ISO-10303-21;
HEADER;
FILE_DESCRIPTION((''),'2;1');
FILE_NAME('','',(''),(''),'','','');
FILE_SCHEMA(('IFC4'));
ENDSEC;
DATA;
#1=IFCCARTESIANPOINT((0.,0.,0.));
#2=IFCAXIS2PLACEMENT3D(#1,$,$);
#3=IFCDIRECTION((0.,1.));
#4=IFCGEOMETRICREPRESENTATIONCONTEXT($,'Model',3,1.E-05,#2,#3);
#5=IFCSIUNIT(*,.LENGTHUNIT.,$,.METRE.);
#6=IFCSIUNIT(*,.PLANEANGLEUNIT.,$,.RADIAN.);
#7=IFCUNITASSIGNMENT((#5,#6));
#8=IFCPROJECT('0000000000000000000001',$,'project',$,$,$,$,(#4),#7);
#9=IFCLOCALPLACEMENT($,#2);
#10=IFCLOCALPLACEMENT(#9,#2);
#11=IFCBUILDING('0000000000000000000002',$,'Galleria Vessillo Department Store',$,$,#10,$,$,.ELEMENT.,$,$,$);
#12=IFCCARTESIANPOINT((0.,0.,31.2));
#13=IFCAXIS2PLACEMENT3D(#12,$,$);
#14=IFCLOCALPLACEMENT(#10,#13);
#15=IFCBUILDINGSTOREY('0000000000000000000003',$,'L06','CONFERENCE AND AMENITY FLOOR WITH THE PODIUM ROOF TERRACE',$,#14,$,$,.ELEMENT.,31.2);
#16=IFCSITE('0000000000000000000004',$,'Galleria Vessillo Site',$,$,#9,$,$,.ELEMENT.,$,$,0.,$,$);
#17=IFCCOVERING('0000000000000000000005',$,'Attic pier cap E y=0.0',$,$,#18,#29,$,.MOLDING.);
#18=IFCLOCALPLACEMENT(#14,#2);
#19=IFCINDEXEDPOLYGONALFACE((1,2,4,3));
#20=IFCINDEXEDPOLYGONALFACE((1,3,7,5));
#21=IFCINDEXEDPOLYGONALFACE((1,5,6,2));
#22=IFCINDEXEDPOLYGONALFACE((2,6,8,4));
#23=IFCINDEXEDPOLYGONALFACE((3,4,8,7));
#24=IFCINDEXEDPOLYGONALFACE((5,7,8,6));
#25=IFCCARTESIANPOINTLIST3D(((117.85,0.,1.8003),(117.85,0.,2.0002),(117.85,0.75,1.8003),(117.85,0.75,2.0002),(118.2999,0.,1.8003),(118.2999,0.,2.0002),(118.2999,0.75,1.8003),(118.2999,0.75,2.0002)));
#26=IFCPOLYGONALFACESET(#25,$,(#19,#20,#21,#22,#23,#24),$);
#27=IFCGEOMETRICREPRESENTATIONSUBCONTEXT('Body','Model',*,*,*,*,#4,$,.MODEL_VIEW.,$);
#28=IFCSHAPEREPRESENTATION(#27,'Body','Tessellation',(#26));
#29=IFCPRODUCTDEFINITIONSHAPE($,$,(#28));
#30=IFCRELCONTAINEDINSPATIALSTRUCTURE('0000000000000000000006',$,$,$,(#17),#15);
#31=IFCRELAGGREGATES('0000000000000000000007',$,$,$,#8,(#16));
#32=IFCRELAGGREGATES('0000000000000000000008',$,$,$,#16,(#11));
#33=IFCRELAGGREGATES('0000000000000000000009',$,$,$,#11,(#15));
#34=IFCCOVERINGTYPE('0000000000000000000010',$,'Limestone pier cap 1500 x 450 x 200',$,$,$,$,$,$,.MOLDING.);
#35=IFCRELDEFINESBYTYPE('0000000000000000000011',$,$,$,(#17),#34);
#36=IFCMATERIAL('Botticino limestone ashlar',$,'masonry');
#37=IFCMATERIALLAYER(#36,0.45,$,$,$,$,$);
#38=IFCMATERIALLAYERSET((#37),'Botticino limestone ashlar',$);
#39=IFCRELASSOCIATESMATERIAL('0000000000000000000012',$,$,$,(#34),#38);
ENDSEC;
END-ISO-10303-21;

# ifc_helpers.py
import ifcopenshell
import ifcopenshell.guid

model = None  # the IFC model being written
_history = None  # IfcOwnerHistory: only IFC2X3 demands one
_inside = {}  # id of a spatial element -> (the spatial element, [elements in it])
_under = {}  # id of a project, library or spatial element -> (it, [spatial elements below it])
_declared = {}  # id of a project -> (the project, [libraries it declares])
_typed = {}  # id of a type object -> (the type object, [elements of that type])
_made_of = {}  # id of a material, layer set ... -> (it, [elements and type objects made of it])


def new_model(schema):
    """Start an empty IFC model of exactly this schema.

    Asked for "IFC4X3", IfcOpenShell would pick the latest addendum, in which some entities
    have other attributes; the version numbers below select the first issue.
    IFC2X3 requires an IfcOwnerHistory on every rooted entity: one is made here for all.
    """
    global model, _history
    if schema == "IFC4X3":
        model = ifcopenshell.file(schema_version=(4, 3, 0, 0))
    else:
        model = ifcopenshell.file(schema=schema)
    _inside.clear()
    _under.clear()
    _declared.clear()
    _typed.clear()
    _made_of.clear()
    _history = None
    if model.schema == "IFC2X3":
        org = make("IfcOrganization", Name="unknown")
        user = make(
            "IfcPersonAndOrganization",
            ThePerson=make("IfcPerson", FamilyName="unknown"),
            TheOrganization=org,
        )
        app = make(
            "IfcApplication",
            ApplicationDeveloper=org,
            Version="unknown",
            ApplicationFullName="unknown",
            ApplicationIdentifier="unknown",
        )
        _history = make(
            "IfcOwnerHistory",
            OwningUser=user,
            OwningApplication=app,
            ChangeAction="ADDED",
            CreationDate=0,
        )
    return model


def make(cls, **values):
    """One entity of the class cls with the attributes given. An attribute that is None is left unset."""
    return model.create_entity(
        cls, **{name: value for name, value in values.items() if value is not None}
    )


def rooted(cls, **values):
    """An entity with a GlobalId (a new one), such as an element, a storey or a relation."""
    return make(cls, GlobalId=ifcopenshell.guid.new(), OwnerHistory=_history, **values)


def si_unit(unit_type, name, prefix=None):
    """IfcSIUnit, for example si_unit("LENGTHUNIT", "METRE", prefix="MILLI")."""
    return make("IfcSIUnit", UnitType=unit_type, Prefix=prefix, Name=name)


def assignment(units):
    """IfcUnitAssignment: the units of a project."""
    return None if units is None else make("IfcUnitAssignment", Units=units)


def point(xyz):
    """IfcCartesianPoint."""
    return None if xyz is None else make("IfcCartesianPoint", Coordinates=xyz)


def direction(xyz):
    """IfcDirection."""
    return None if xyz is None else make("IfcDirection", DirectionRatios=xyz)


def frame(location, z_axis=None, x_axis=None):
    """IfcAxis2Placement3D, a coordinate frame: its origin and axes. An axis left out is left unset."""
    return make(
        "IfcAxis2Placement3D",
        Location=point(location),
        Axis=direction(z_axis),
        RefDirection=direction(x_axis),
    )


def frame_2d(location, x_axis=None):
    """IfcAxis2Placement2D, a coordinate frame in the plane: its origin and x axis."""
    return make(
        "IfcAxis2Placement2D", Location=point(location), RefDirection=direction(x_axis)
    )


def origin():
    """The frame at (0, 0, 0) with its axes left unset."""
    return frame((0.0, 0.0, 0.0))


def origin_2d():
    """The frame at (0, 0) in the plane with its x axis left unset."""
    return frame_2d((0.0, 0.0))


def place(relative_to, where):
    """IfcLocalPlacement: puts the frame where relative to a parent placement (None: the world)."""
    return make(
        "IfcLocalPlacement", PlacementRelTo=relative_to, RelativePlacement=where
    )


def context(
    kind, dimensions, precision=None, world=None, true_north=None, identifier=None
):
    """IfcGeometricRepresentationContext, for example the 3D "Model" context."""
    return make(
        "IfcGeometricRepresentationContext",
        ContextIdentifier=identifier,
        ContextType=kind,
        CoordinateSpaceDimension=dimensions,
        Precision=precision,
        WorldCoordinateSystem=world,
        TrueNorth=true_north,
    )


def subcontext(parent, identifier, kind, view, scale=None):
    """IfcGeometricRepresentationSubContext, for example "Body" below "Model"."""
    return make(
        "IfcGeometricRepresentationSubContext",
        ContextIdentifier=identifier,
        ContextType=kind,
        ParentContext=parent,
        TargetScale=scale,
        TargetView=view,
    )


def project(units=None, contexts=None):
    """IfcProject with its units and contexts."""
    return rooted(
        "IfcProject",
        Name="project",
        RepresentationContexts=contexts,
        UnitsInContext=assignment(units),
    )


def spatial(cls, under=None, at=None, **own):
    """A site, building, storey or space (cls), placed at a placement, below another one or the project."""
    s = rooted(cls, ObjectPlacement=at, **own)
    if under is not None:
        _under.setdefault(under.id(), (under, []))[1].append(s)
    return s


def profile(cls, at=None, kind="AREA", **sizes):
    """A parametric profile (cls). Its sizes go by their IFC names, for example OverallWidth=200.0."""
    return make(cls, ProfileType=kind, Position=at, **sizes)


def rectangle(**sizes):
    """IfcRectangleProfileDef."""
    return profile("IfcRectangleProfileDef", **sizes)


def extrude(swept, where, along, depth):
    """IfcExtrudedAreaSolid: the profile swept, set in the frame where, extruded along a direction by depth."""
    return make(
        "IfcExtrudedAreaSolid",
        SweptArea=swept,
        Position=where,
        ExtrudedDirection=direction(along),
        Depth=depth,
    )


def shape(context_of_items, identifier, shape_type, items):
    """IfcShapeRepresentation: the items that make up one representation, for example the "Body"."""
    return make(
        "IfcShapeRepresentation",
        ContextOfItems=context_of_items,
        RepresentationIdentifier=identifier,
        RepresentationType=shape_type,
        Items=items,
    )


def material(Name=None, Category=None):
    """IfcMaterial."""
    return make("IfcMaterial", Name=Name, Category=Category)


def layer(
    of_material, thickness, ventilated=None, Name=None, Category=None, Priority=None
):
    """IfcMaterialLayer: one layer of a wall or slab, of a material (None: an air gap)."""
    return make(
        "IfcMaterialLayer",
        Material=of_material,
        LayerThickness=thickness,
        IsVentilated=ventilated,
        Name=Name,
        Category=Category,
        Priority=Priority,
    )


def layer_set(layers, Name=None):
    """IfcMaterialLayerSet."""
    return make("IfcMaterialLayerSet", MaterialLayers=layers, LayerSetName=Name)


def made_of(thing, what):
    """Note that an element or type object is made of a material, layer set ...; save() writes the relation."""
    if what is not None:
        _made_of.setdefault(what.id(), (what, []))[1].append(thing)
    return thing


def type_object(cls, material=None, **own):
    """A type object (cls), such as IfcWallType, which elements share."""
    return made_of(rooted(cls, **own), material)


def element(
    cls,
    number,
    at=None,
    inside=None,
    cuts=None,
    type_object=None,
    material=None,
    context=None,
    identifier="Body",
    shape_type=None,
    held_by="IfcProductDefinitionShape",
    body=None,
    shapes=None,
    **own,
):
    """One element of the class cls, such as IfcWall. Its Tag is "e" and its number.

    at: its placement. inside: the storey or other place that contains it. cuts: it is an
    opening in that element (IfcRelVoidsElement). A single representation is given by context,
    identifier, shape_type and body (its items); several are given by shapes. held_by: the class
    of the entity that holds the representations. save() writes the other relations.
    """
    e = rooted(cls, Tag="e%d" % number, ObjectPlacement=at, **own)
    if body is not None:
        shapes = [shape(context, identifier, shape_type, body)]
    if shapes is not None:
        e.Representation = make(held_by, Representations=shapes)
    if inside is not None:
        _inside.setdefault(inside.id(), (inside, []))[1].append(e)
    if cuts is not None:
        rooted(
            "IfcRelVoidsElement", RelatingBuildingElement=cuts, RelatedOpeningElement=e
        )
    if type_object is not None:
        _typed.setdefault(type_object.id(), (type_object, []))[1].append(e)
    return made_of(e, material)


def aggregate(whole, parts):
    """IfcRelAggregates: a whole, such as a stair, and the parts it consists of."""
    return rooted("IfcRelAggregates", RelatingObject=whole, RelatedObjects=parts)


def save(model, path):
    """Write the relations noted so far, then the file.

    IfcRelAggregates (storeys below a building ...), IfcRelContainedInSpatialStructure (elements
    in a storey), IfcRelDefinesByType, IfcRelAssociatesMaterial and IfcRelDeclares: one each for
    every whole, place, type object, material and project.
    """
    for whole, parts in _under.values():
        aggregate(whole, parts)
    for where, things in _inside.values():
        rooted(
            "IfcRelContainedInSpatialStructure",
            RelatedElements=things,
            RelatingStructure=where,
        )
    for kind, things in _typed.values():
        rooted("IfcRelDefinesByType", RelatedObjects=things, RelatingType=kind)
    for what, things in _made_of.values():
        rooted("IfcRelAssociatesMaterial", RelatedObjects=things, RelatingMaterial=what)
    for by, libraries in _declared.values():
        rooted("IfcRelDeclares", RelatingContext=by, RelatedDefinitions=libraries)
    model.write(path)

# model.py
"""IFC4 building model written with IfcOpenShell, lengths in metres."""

from ifc_helpers import new_model, si_unit, direction, frame, origin, origin_2d, place, context, subcontext, project, spatial, rectangle, extrude, material, layer, layer_set, type_object, element, save


model = new_model("IFC4")

# Units and contexts
model_context = context("Model", 3, precision=1e-05, world=origin(), true_north=direction((0.0, 1.0)))
body_context = subcontext(model_context, "Body", "Model", "MODEL_VIEW")
ifc_project = project(units=[si_unit("LENGTHUNIT", "METRE"), si_unit("PLANEANGLEUNIT", "RADIAN")], contexts=[model_context])

# Site, building, storey
site_placement = place(None, origin())
site = spatial("IfcSite", under=ifc_project, at=site_placement, Name="Galleria Vessillo Site", CompositionType="ELEMENT", RefElevation=0.0)
building_placement = place(site_placement, origin())
building = spatial("IfcBuilding", under=site, at=building_placement, Name="Galleria Vessillo Department Store", CompositionType="ELEMENT")
storey_placement = place(building_placement, frame((0.0, 0.0, 31.2)))
storey = spatial("IfcBuildingStorey", under=building, at=storey_placement, Name="L06", Description="CONFERENCE AND AMENITY FLOOR WITH THE PODIUM ROOF TERRACE", CompositionType="ELEMENT", Elevation=31.2)

# Covering
ifc_material_1 = material(Name="Botticino limestone ashlar", Category="masonry")
ifc_layer_1 = layer(ifc_material_1, 0.45)
ifc_layer_set_1 = layer_set([ifc_layer_1], Name="Botticino limestone ashlar")
covering_type_1 = type_object("IfcCoveringType", Name="Limestone pier cap 1500 x 450 x 200", PredefinedType="MOLDING", material=ifc_layer_set_1)
covering_1_placement = place(storey_placement, frame((118.075, 0.375, 1.8003), z_axis=(0.0, 0.0, 1.0), x_axis=(1.0, 0.0, 0.0)))
element("IfcCovering", 1, at=covering_1_placement, inside=storey, type_object=covering_type_1, Name="Attic pier cap E y=0.0", PredefinedType="MOLDING", context=body_context, shape_type="SweptSolid", body=[
    extrude(rectangle(XDim=0.45, YDim=0.75, at=origin_2d()), origin(), (0.0, 0.0, 1.0), 0.2),
])

save(model, "model.ifc")
